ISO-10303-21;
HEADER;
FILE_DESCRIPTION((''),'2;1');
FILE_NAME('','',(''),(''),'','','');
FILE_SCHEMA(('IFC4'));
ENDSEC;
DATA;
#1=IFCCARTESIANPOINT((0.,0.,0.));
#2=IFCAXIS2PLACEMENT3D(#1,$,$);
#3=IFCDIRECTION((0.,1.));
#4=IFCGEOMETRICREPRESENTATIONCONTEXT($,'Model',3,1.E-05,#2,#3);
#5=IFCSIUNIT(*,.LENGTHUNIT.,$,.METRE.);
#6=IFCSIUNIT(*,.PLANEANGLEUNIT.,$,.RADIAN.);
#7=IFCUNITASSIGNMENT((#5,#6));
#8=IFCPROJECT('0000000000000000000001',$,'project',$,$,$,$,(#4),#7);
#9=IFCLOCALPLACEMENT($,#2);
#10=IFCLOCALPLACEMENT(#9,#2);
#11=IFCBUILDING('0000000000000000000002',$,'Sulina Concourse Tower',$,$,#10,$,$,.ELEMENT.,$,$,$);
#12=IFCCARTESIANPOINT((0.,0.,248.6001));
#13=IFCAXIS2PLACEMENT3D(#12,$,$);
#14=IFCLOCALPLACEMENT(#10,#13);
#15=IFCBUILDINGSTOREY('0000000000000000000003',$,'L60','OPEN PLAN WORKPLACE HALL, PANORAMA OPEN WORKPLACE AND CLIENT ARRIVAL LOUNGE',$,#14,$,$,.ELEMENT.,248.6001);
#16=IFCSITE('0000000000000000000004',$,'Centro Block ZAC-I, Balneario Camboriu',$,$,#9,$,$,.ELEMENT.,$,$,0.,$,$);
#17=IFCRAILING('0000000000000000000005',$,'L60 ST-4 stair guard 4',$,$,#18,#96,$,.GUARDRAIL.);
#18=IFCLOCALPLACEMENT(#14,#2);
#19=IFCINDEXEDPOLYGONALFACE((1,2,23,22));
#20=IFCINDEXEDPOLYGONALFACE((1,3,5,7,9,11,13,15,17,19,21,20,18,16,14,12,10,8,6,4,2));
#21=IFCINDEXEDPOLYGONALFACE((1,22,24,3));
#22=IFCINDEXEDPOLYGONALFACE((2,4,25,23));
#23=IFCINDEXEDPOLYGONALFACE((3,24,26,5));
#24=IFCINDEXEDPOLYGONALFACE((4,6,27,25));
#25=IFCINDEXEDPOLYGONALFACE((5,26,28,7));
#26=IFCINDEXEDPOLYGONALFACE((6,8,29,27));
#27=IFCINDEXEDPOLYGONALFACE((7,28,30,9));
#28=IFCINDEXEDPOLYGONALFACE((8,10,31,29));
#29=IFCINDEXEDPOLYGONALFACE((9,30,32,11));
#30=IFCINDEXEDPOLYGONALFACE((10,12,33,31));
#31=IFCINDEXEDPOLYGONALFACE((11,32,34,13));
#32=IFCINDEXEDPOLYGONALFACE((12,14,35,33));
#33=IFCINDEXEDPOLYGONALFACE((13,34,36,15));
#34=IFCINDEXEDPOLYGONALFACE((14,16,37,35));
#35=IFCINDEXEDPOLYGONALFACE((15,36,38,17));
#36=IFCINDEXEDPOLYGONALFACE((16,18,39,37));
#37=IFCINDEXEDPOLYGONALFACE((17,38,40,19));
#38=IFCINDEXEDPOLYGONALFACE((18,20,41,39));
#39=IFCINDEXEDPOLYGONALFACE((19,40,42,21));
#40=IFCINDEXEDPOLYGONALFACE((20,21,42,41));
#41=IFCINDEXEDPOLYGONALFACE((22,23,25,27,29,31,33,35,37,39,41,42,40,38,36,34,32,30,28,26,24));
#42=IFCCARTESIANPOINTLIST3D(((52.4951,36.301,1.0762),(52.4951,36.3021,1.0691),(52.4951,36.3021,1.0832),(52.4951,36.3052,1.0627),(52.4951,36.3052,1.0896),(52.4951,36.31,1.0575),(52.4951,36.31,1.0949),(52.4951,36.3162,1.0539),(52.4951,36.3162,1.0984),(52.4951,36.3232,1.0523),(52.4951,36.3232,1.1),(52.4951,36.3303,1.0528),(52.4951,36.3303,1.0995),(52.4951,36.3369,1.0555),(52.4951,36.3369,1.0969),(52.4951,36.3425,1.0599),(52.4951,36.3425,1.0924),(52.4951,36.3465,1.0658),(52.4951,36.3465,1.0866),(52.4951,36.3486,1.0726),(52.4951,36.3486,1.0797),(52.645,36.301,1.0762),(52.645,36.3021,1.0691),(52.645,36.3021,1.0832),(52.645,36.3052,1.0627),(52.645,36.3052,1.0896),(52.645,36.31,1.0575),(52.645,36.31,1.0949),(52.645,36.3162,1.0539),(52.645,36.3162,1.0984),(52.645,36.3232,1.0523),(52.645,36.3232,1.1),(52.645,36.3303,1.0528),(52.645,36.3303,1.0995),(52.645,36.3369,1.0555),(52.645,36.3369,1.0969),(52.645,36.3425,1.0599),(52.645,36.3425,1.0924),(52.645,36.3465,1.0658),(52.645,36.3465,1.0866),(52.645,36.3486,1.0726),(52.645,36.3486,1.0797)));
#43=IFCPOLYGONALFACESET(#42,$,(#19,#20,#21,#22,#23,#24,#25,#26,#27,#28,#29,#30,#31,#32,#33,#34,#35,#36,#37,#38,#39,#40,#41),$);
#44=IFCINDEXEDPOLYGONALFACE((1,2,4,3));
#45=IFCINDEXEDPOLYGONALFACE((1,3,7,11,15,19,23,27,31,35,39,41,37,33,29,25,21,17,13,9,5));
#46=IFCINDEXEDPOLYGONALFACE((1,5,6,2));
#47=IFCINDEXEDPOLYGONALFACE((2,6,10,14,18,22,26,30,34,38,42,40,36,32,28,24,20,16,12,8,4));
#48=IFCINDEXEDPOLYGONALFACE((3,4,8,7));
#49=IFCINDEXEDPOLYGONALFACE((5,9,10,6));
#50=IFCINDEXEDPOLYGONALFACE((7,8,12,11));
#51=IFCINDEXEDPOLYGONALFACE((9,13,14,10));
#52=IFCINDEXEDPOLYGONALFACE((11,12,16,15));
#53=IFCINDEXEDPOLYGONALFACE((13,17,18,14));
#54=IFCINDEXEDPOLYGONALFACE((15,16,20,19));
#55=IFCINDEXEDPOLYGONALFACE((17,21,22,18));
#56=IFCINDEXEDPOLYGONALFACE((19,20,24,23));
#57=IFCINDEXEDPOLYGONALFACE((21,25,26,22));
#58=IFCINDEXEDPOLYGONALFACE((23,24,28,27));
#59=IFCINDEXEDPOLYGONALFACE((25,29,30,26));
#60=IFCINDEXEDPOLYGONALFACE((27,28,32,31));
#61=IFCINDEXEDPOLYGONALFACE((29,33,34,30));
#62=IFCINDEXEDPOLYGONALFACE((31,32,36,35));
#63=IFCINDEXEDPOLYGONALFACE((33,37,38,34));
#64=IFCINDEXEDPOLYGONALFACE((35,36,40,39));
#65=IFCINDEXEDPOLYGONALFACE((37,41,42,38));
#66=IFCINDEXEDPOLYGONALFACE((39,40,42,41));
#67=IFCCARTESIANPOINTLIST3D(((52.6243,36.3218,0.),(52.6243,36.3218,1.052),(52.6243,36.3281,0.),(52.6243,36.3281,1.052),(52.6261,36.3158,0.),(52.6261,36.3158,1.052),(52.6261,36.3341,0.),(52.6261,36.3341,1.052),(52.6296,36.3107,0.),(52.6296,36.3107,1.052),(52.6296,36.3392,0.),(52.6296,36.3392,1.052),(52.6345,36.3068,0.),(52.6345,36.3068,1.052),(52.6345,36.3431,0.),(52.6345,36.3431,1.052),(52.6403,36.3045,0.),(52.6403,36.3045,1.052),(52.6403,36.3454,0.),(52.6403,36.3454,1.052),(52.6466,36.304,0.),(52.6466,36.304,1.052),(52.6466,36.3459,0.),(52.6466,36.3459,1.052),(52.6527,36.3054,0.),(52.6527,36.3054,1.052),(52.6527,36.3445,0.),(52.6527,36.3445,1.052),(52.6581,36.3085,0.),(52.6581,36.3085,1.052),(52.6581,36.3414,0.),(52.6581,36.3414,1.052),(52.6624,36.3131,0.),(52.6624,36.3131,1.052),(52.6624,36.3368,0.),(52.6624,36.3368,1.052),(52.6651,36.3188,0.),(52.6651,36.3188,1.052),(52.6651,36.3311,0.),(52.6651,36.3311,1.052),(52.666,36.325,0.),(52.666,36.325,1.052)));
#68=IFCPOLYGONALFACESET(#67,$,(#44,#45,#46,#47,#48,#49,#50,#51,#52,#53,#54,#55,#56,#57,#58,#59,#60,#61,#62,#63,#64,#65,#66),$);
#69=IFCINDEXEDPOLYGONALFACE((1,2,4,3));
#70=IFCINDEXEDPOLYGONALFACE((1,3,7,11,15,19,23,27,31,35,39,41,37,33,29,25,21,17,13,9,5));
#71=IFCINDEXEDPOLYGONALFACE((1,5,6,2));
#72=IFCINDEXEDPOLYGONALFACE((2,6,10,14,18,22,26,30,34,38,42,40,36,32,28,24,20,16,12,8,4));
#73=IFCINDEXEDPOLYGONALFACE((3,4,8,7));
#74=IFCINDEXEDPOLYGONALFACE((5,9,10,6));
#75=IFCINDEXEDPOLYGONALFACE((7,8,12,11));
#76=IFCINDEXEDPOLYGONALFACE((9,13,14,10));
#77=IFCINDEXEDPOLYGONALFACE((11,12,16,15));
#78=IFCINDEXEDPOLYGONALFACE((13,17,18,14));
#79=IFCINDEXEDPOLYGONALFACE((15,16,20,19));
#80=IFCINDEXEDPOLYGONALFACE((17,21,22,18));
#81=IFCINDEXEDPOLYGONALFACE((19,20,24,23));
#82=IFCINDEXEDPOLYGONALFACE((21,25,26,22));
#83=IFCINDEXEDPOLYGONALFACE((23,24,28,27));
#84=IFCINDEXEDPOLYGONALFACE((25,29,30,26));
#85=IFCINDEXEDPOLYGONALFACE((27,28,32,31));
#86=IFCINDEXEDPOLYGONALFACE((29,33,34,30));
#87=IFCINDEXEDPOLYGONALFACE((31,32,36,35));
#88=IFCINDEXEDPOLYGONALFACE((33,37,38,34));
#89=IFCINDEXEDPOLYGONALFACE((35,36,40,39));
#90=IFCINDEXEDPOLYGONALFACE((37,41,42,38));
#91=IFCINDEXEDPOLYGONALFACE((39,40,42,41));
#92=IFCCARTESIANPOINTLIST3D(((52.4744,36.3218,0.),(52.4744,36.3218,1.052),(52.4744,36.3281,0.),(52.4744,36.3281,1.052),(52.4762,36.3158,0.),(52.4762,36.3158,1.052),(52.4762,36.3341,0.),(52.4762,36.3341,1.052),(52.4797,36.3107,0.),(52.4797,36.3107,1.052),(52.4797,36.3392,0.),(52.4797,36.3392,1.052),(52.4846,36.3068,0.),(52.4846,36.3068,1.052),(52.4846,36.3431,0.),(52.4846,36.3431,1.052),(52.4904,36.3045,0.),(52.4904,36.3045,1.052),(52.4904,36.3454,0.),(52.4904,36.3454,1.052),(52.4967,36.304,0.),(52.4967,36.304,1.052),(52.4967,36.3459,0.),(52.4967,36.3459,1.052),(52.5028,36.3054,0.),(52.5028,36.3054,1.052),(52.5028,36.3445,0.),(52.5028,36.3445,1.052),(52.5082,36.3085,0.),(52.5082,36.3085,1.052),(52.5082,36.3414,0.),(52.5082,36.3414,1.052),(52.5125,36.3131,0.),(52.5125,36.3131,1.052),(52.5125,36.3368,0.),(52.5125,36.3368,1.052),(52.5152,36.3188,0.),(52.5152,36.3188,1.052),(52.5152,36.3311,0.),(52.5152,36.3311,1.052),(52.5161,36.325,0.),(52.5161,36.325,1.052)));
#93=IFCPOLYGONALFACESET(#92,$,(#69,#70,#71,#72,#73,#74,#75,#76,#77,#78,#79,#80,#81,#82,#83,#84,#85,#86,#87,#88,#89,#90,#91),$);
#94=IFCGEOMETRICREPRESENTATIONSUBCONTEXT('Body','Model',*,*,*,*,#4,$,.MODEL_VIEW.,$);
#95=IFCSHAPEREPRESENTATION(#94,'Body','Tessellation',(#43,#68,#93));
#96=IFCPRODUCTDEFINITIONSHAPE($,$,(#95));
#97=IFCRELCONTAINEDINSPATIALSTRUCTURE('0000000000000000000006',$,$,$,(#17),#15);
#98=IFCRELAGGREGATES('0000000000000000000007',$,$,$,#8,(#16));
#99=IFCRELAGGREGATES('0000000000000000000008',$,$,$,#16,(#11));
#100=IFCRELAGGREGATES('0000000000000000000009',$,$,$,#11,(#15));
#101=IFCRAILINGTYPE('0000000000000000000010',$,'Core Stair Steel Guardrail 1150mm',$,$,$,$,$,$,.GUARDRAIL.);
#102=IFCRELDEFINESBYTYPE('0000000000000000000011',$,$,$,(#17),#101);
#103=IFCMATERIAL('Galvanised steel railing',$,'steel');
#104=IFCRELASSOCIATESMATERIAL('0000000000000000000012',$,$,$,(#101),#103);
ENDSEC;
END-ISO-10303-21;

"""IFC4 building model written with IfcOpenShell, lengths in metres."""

from ifc_helpers import new_model, si_unit, direction, frame, origin, origin_2d, place, context, subcontext, project, spatial, circle, extrude, material, type_object, element, save


model = new_model("IFC4")

# Units and contexts
model_context = context("Model", 3, precision=1e-05, world=origin(), true_north=direction((0.0, 1.0)))
body_context = subcontext(model_context, "Body", "Model", "MODEL_VIEW")
ifc_project = project(units=[si_unit("LENGTHUNIT", "METRE"), si_unit("PLANEANGLEUNIT", "RADIAN")], contexts=[model_context])

# Site, building, storey
site_placement = place(None, origin())
site = spatial("IfcSite", under=ifc_project, at=site_placement, Name="Centro Block ZAC-I, Balneario Camboriu", CompositionType="ELEMENT", RefElevation=0.0)
building_placement = place(site_placement, origin())
building = spatial("IfcBuilding", under=site, at=building_placement, Name="Sulina Concourse Tower", CompositionType="ELEMENT")
storey_placement = place(building_placement, frame((0.0, 0.0, 248.6001)))
storey = spatial("IfcBuildingStorey", under=building, at=storey_placement, Name="L60", Description="OPEN PLAN WORKPLACE HALL, PANORAMA OPEN WORKPLACE AND CLIENT ARRIVAL LOUNGE", CompositionType="ELEMENT", Elevation=248.6001)

# Railing
ifc_material_1 = material(Name="Galvanised steel railing", Category="steel")
railing_type_1 = type_object("IfcRailingType", Name="Core Stair Steel Guardrail 1150mm", PredefinedType="GUARDRAIL", material=ifc_material_1)
railing_1_placement = place(storey_placement, frame((52.645, 36.325, 0.0)))
element("IfcRailing", 1, at=railing_1_placement, inside=storey, type_object=railing_type_1, Name="L60 ST-4 stair guard 4", PredefinedType="GUARDRAIL", context=body_context, shape_type="SweptSolid", body=[
    extrude(circle(Radius=0.0239, at=origin_2d()), frame((0.0, 0.0, 1.0762), z_axis=(-1.0, 0.0, 0.0), x_axis=(0.0, -1.0, 0.0)), (0.0, 0.0, 1.0), 0.1499),
    extrude(circle(Radius=0.021, at=origin_2d()), origin(), (0.0, 0.0, 1.0), 1.052),
    extrude(circle(Radius=0.021, at=origin_2d()), frame((-0.1499, 0.0, 0.0)), (0.0, 0.0, 1.0), 1.052),
])

save(model, "model.ifc")
